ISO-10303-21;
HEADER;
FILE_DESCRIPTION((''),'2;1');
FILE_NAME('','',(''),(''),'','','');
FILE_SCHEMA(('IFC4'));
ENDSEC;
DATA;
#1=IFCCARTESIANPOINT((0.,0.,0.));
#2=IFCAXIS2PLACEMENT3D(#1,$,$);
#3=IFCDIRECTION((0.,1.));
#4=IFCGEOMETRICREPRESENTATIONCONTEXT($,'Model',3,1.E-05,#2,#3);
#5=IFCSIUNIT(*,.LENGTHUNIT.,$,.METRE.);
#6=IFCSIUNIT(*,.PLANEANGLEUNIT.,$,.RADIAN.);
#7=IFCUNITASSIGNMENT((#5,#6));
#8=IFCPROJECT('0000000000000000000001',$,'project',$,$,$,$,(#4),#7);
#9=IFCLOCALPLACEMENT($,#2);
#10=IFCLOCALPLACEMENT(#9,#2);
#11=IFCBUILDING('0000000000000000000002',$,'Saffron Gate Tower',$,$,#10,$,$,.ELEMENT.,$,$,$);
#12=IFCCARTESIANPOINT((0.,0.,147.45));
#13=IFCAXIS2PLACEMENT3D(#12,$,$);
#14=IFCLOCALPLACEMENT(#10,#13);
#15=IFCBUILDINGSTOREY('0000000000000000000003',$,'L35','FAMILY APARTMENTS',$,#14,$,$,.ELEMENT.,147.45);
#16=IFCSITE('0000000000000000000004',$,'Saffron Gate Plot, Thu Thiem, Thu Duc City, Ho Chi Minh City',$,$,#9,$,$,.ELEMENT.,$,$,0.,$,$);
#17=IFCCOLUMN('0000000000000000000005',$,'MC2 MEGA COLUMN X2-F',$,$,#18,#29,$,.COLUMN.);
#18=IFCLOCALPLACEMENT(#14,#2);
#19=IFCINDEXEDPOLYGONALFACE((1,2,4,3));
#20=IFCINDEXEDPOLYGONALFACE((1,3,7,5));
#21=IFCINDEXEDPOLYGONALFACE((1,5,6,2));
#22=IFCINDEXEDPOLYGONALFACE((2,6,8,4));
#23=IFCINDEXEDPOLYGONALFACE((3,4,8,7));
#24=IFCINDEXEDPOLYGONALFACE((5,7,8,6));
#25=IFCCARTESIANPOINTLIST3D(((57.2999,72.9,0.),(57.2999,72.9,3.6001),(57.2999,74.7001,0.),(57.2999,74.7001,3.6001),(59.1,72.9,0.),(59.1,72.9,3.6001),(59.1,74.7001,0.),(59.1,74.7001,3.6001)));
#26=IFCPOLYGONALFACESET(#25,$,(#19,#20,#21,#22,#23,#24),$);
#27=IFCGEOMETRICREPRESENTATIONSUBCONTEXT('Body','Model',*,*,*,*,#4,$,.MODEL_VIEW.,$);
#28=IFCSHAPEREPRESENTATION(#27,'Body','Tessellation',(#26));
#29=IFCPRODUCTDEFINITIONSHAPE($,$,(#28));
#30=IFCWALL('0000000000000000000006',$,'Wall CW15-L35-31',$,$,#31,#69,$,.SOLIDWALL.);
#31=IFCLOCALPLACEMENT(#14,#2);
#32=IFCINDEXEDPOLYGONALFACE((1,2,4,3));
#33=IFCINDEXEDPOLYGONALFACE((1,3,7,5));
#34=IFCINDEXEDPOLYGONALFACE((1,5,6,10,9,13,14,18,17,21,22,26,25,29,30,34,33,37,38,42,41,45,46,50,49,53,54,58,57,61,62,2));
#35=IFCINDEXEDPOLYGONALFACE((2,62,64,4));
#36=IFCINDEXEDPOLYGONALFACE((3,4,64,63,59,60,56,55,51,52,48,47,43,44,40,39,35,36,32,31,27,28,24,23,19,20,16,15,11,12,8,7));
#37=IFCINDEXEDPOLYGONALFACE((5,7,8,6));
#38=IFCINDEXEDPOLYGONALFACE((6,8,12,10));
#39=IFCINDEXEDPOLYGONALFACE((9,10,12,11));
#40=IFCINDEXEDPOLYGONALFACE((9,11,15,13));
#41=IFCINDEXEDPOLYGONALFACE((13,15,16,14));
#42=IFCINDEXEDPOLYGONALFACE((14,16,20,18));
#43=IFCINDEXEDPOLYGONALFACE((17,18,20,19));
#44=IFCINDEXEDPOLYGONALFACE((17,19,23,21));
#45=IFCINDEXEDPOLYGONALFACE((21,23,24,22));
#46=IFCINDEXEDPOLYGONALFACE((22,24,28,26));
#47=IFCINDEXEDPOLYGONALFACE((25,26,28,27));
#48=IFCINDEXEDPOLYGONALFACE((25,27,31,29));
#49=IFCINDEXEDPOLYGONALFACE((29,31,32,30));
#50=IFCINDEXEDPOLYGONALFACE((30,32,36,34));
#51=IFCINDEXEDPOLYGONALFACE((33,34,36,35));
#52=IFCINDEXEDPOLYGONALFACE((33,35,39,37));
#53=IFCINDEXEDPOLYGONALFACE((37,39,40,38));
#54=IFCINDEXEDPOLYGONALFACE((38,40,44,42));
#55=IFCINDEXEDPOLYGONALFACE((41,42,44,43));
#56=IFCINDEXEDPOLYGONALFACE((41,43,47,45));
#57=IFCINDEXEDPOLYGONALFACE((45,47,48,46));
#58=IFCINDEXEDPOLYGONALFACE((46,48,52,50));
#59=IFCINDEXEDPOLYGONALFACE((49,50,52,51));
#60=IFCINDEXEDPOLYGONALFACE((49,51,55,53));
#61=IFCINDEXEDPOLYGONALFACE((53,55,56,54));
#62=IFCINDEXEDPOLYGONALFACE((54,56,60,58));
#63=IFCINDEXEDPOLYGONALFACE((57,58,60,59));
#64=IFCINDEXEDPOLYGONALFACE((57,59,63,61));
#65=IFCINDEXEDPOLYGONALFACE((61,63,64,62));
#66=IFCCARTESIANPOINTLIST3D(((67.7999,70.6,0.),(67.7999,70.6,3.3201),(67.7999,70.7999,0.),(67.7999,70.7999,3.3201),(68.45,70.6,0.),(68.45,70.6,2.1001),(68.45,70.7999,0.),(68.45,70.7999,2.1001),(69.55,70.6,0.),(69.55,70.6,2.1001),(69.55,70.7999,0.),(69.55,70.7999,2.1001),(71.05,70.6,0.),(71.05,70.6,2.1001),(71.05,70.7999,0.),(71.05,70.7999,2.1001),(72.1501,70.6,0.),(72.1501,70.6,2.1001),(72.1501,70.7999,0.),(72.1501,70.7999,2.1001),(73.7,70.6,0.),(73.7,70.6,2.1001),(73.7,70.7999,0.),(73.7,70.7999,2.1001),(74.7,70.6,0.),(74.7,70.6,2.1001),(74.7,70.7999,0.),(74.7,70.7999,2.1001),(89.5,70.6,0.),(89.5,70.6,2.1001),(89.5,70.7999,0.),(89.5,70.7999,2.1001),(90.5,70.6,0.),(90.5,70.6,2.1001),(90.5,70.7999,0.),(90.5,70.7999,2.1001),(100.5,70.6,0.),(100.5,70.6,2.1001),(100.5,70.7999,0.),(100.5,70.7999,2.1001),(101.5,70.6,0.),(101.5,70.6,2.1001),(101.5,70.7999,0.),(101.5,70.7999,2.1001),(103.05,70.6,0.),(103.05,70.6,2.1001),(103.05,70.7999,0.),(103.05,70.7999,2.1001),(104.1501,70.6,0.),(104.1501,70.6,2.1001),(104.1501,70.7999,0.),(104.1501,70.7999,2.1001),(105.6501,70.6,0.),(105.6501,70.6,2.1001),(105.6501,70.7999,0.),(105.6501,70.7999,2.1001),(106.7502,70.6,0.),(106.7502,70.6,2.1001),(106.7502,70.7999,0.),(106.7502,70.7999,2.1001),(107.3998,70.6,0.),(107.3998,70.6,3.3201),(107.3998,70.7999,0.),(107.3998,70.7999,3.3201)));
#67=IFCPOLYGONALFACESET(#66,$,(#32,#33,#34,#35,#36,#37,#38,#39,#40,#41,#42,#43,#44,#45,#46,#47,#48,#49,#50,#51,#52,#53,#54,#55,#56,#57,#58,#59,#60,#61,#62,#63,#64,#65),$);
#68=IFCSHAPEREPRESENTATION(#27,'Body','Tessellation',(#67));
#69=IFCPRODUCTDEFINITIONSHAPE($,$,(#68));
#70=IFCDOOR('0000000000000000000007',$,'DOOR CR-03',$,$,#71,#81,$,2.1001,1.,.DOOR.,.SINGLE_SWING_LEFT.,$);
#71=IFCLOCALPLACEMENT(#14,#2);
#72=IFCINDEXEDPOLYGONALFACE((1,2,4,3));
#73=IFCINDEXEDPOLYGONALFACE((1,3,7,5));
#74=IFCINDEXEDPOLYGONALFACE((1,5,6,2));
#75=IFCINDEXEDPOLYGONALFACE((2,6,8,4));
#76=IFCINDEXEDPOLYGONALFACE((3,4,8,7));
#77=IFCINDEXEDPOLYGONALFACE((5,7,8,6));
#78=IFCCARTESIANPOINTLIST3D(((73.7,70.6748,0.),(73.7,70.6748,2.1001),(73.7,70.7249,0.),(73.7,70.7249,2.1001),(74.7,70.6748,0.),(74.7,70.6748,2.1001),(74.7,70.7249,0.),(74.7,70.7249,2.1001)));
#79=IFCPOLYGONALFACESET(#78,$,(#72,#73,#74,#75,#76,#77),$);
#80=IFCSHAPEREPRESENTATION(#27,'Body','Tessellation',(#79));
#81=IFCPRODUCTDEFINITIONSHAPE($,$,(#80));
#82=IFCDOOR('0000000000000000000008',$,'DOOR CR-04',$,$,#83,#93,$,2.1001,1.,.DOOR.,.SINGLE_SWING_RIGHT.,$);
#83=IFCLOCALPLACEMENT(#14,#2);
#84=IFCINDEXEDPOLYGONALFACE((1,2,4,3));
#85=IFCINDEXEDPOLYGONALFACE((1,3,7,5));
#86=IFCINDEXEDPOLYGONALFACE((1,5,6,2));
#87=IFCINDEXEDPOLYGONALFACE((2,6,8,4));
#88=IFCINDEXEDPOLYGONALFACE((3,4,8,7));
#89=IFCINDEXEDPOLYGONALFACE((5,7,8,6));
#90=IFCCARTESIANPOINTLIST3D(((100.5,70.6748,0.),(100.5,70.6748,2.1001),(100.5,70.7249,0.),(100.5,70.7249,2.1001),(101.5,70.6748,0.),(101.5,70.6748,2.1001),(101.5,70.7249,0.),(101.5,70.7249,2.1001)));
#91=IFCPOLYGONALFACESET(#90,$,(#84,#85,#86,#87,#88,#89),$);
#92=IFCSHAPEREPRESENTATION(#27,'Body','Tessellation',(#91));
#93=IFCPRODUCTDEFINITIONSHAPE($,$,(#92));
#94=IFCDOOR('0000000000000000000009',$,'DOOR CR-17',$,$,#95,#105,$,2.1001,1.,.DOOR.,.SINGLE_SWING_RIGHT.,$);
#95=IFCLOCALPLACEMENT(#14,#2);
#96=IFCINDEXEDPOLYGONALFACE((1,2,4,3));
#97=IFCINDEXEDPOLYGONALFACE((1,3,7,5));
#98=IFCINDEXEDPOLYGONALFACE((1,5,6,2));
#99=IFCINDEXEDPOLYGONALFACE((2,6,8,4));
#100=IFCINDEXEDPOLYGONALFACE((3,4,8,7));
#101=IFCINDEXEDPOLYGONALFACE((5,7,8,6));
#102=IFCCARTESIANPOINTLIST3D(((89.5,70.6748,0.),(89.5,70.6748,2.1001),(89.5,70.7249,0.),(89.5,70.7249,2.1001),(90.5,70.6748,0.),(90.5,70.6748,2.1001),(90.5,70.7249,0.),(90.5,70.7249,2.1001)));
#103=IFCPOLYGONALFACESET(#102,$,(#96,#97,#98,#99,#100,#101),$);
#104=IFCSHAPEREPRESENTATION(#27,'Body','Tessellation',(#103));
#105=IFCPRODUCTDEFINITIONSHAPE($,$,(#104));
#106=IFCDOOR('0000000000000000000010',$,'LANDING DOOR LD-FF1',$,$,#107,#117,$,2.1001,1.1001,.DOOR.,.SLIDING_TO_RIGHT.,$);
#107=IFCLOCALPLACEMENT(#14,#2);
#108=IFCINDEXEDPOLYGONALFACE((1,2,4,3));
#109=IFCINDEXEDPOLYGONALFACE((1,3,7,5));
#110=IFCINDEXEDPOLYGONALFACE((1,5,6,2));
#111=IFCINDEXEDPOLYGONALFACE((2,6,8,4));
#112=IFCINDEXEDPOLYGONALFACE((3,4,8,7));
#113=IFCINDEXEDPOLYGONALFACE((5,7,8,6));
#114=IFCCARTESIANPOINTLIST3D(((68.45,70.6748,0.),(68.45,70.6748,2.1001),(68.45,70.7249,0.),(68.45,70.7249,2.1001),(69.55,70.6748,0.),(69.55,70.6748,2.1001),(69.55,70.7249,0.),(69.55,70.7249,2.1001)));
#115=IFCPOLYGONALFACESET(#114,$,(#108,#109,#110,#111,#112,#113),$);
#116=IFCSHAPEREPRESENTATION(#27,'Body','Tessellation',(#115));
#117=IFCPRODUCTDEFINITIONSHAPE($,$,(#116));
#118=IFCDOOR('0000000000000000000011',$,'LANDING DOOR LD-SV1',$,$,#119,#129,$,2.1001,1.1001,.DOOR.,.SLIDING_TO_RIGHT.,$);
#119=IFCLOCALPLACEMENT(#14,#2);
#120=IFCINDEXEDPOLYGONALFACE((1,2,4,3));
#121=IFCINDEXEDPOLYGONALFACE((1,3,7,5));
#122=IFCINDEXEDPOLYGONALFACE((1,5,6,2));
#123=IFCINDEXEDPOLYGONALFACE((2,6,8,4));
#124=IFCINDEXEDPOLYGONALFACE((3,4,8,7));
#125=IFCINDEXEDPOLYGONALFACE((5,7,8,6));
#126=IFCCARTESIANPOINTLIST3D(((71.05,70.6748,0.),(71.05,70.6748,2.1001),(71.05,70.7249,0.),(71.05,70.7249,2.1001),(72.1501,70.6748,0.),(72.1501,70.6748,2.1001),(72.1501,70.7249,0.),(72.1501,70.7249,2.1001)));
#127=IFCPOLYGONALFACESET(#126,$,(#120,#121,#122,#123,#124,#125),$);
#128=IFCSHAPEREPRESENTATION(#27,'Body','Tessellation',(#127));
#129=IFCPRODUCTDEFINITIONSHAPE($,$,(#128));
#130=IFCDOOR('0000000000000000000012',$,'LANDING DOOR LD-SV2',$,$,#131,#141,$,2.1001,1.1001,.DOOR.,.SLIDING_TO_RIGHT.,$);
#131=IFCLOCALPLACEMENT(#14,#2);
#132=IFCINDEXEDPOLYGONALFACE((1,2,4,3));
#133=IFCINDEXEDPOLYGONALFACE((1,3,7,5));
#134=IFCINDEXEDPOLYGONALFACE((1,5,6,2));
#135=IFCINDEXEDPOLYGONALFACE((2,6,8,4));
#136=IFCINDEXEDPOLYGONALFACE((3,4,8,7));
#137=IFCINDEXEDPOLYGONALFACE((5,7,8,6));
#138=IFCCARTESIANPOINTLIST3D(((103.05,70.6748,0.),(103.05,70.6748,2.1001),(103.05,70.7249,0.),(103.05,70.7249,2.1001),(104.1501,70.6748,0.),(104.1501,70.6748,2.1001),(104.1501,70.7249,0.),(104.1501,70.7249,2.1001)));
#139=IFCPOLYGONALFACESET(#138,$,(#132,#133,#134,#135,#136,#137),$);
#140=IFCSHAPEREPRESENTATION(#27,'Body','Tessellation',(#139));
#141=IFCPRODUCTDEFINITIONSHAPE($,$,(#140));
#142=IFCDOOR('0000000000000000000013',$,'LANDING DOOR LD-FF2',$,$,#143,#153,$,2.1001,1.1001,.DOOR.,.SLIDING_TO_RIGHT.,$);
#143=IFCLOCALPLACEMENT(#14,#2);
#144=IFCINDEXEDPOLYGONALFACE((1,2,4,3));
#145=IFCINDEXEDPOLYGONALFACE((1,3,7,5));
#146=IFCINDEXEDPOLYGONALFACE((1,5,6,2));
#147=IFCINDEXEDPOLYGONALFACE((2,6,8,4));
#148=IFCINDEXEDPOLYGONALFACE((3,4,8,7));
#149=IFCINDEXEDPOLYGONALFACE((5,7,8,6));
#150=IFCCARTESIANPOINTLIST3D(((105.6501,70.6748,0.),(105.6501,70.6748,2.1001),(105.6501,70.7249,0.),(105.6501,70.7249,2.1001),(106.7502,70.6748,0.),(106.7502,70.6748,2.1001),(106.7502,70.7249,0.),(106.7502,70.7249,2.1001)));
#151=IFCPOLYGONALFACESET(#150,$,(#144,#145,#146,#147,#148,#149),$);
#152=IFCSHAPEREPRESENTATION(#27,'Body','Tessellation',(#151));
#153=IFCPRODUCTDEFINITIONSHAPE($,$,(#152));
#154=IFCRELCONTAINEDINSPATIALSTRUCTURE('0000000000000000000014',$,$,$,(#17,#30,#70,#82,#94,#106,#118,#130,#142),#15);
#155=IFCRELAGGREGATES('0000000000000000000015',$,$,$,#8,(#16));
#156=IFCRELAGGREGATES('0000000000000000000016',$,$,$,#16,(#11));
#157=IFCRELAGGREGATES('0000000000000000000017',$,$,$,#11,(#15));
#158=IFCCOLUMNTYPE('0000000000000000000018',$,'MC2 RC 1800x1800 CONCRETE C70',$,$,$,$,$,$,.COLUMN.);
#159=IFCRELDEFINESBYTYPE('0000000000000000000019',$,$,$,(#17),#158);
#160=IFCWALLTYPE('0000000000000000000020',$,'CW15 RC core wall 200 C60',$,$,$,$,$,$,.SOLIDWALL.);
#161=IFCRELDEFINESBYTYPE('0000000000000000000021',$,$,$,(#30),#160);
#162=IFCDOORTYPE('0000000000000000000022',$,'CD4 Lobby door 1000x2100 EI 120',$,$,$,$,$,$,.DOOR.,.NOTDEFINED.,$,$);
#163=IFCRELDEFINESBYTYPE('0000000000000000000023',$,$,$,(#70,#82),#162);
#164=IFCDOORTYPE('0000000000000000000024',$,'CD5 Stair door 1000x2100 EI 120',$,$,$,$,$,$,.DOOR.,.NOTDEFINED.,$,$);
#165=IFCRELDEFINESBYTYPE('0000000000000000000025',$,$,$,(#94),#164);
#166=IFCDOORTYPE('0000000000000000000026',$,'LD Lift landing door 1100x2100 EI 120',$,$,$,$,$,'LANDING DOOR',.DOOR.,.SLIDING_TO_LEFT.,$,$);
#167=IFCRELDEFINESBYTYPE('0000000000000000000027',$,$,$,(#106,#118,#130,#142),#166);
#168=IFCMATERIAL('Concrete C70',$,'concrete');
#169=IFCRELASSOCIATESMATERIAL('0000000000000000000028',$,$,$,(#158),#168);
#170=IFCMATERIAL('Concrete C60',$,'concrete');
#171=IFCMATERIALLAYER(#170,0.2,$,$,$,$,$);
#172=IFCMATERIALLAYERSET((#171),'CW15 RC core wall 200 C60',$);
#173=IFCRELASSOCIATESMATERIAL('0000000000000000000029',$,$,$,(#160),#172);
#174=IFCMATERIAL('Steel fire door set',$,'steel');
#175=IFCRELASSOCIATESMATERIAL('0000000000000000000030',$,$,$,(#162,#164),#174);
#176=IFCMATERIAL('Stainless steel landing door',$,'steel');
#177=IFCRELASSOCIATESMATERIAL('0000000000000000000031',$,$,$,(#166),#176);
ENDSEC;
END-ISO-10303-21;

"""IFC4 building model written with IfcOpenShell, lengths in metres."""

from ifc_helpers import new_model, si_unit, direction, frame, frame_2d, origin, origin_2d, place, context, subcontext, project, spatial, rectangle, extrude, material, layer, layer_set, material_profile, profile_set, type_object, element, fill, save


model = new_model("IFC4")

# Units and contexts
model_context = context("Model", 3, precision=1e-05, world=origin(), true_north=direction((0.0, 1.0)))
body_context = subcontext(model_context, "Body", "Model", "MODEL_VIEW")
ifc_project = project(units=[si_unit("LENGTHUNIT", "METRE"), si_unit("PLANEANGLEUNIT", "RADIAN")], contexts=[model_context])

# Site, building, storey
site_placement = place(None, origin())
site = spatial("IfcSite", under=ifc_project, at=site_placement, Name="Saffron Gate Plot, Thu Thiem, Thu Duc City, Ho Chi Minh City", CompositionType="ELEMENT", RefElevation=0.0)
building_placement = place(site_placement, origin())
building = spatial("IfcBuilding", under=site, at=building_placement, Name="Saffron Gate Tower", CompositionType="ELEMENT")
storey_placement = place(building_placement, frame((0.0, 0.0, 147.45)))
storey = spatial("IfcBuildingStorey", under=building, at=storey_placement, Name="L35", Description="FAMILY APARTMENTS", CompositionType="ELEMENT", Elevation=147.45)

# Column
ifc_material_1 = material(Name="Concrete C70", Category="concrete")
ifc_material_profile = material_profile(ifc_material_1, rectangle(XDim=1.8, YDim=1.8, at=origin_2d()))
ifc_profile_set = profile_set([ifc_material_profile], Name="Concrete C70")
column_type = type_object("IfcColumnType", Name="MC2 RC 1800x1800 CONCRETE C70", PredefinedType="COLUMN", material=ifc_profile_set)
column_placement = place(storey_placement, frame((58.2, 73.8, 0.0), z_axis=(0.0, 0.0, 1.0), x_axis=(1.0, 0.0, 0.0)))
element("IfcColumn", 1, at=column_placement, inside=storey, type_object=column_type, Name="MC2 MEGA COLUMN X2-F", PredefinedType="COLUMN", context=body_context, shape_type="SweptSolid", body=[
    extrude(rectangle(XDim=1.8, YDim=1.8, at=origin_2d()), origin(), (0.0, 0.0, 1.0), 3.6001),
])

# Wall, openings, doors
ifc_material_2 = material(Name="Concrete C60", Category="concrete")
ifc_layer_1 = layer(ifc_material_2, 0.2)
ifc_layer_set_1 = layer_set([ifc_layer_1], Name="CW15 RC core wall 200 C60")
wall_type_1 = type_object("IfcWallType", Name="CW15 RC core wall 200 C60", PredefinedType="SOLIDWALL", material=ifc_layer_set_1)
wall_1_placement = place(storey_placement, frame((67.8, 70.7, 0.0), z_axis=(0.0, 0.0, 1.0), x_axis=(1.0, 0.0, 0.0)))
wall_1 = element("IfcWall", 2, at=wall_1_placement, inside=storey, type_object=wall_type_1, Name="Wall CW15-L35-31", PredefinedType="SOLIDWALL", context=body_context, shape_type="SweptSolid", body=[
    extrude(rectangle(XDim=39.5999, YDim=0.2, at=frame_2d((19.7998, 0.0))), origin(), (0.0, 0.0, 1.0), 3.3201),
])
opening_1_placement = place(wall_1_placement, frame((0.6499, 0.0, 0.0)))
opening_1 = element("IfcOpeningElement", 3, at=opening_1_placement, cuts=wall_1, PredefinedType="OPENING", context=body_context, shape_type="SweptSolid", body=[
    extrude(rectangle(XDim=1.1001, YDim=2.1001, at=frame_2d((0.55, 1.05))), frame((0.0, 0.1099, 0.0), z_axis=(0.0, -1.0, 0.0), x_axis=(1.0, 0.0, 0.0)), (0.0, 0.0, 1.0), 0.22),
])
opening_2_placement = place(wall_1_placement, frame((3.25, 0.0, 0.0)))
opening_2 = element("IfcOpeningElement", 4, at=opening_2_placement, cuts=wall_1, PredefinedType="OPENING", context=body_context, shape_type="SweptSolid", body=[
    extrude(rectangle(XDim=1.1001, YDim=2.1001, at=frame_2d((0.55, 1.05))), frame((0.0, 0.1099, 0.0), z_axis=(0.0, -1.0, 0.0), x_axis=(1.0, 0.0, 0.0)), (0.0, 0.0, 1.0), 0.22),
])
opening_3_placement = place(wall_1_placement, frame((5.8999, 0.0, 0.0)))
opening_3 = element("IfcOpeningElement", 5, at=opening_3_placement, cuts=wall_1, PredefinedType="OPENING", context=body_context, shape_type="SweptSolid", body=[
    extrude(rectangle(XDim=1.0, YDim=2.1001, at=frame_2d((0.5, 1.05))), frame((0.0, 0.1099, 0.0), z_axis=(0.0, -1.0, 0.0), x_axis=(1.0, 0.0, 0.0)), (0.0, 0.0, 1.0), 0.22),
])
opening_4_placement = place(wall_1_placement, frame((21.7, 0.0, 0.0)))
opening_4 = element("IfcOpeningElement", 6, at=opening_4_placement, cuts=wall_1, PredefinedType="OPENING", context=body_context, shape_type="SweptSolid", body=[
    extrude(rectangle(XDim=1.0, YDim=2.1001, at=frame_2d((0.5, 1.05))), frame((0.0, 0.1099, 0.0), z_axis=(0.0, -1.0, 0.0), x_axis=(1.0, 0.0, 0.0)), (0.0, 0.0, 1.0), 0.22),
])
opening_5_placement = place(wall_1_placement, frame((32.7, 0.0, 0.0)))
opening_5 = element("IfcOpeningElement", 7, at=opening_5_placement, cuts=wall_1, PredefinedType="OPENING", context=body_context, shape_type="SweptSolid", body=[
    extrude(rectangle(XDim=1.0, YDim=2.1001, at=frame_2d((0.5, 1.05))), frame((0.0, 0.1099, 0.0), z_axis=(0.0, -1.0, 0.0), x_axis=(1.0, 0.0, 0.0)), (0.0, 0.0, 1.0), 0.22),
])
opening_6_placement = place(wall_1_placement, frame((35.25, 0.0, 0.0)))
opening_6 = element("IfcOpeningElement", 8, at=opening_6_placement, cuts=wall_1, PredefinedType="OPENING", context=body_context, shape_type="SweptSolid", body=[
    extrude(rectangle(XDim=1.1001, YDim=2.1001, at=frame_2d((0.55, 1.05))), frame((0.0, 0.1099, 0.0), z_axis=(0.0, -1.0, 0.0), x_axis=(1.0, 0.0, 0.0)), (0.0, 0.0, 1.0), 0.22),
])
opening_7_placement = place(wall_1_placement, frame((37.8501, 0.0, 0.0)))
opening_7 = element("IfcOpeningElement", 9, at=opening_7_placement, cuts=wall_1, PredefinedType="OPENING", context=body_context, shape_type="SweptSolid", body=[
    extrude(rectangle(XDim=1.1001, YDim=2.1001, at=frame_2d((0.55, 1.05))), frame((0.0, 0.1099, 0.0), z_axis=(0.0, -1.0, 0.0), x_axis=(1.0, 0.0, 0.0)), (0.0, 0.0, 1.0), 0.22),
])
ifc_material_3 = material(Name="Steel fire door set", Category="steel")
door_type_1 = type_object("IfcDoorType", Name="CD4 Lobby door 1000x2100 EI 120", OperationType="NOTDEFINED", PredefinedType="DOOR", material=ifc_material_3)
door_1_placement = place(opening_3_placement, origin())
door_1 = element("IfcDoor", 10, at=door_1_placement, inside=storey, type_object=door_type_1, Name="DOOR CR-03", OperationType="SINGLE_SWING_LEFT", OverallHeight=2.1001, OverallWidth=1.0, PredefinedType="DOOR", context=body_context, shape_type="SweptSolid", body=[
    extrude(rectangle(XDim=1.0, YDim=2.1001, at=frame_2d((0.5, 1.05))), frame((0.0, 0.0249, 0.0), z_axis=(0.0, -1.0, 0.0), x_axis=(1.0, 0.0, 0.0)), (0.0, 0.0, 1.0), 0.05),
])
fill(opening_3, door_1)
door_2_placement = place(opening_5_placement, origin())
door_2 = element("IfcDoor", 11, at=door_2_placement, inside=storey, type_object=door_type_1, Name="DOOR CR-04", OperationType="SINGLE_SWING_RIGHT", OverallHeight=2.1001, OverallWidth=1.0, PredefinedType="DOOR", context=body_context, shape_type="SweptSolid", body=[
    extrude(rectangle(XDim=1.0, YDim=2.1001, at=frame_2d((0.5, 1.05))), frame((0.0, 0.0249, 0.0), z_axis=(0.0, -1.0, 0.0), x_axis=(1.0, 0.0, 0.0)), (0.0, 0.0, 1.0), 0.05),
])
fill(opening_5, door_2)
door_type_2 = type_object("IfcDoorType", Name="CD5 Stair door 1000x2100 EI 120", OperationType="NOTDEFINED", PredefinedType="DOOR", material=ifc_material_3)
door_3_placement = place(opening_4_placement, origin())
door_3 = element("IfcDoor", 12, at=door_3_placement, inside=storey, type_object=door_type_2, Name="DOOR CR-17", OperationType="SINGLE_SWING_RIGHT", OverallHeight=2.1001, OverallWidth=1.0, PredefinedType="DOOR", context=body_context, shape_type="SweptSolid", body=[
    extrude(rectangle(XDim=1.0, YDim=2.1001, at=frame_2d((0.5, 1.05))), frame((0.0, 0.0249, 0.0), z_axis=(0.0, -1.0, 0.0), x_axis=(1.0, 0.0, 0.0)), (0.0, 0.0, 1.0), 0.05),
])
fill(opening_4, door_3)
ifc_material_4 = material(Name="Stainless steel landing door", Category="steel")
door_type_3 = type_object("IfcDoorType", Name="LD Lift landing door 1100x2100 EI 120", ElementType="LANDING DOOR", OperationType="SLIDING_TO_LEFT", PredefinedType="DOOR", material=ifc_material_4)
door_4_placement = place(opening_1_placement, origin())
door_4 = element("IfcDoor", 13, at=door_4_placement, inside=storey, type_object=door_type_3, Name="LANDING DOOR LD-FF1", OperationType="SLIDING_TO_RIGHT", OverallHeight=2.1001, OverallWidth=1.1001, PredefinedType="DOOR", context=body_context, shape_type="SweptSolid", body=[
    extrude(rectangle(XDim=1.1001, YDim=2.1001, at=frame_2d((0.55, 1.05))), frame((0.0, 0.0249, 0.0), z_axis=(0.0, -1.0, 0.0), x_axis=(1.0, 0.0, 0.0)), (0.0, 0.0, 1.0), 0.05),
])
fill(opening_1, door_4)
door_5_placement = place(opening_2_placement, origin())
door_5 = element("IfcDoor", 14, at=door_5_placement, inside=storey, type_object=door_type_3, Name="LANDING DOOR LD-SV1", OperationType="SLIDING_TO_RIGHT", OverallHeight=2.1001, OverallWidth=1.1001, PredefinedType="DOOR", context=body_context, shape_type="SweptSolid", body=[
    extrude(rectangle(XDim=1.1001, YDim=2.1001, at=frame_2d((0.55, 1.05))), frame((0.0, 0.0249, 0.0), z_axis=(0.0, -1.0, 0.0), x_axis=(1.0, 0.0, 0.0)), (0.0, 0.0, 1.0), 0.05),
])
fill(opening_2, door_5)
door_6_placement = place(opening_6_placement, origin())
door_6 = element("IfcDoor", 15, at=door_6_placement, inside=storey, type_object=door_type_3, Name="LANDING DOOR LD-SV2", OperationType="SLIDING_TO_RIGHT", OverallHeight=2.1001, OverallWidth=1.1001, PredefinedType="DOOR", context=body_context, shape_type="SweptSolid", body=[
    extrude(rectangle(XDim=1.1001, YDim=2.1001, at=frame_2d((0.55, 1.05))), frame((0.0, 0.0249, 0.0), z_axis=(0.0, -1.0, 0.0), x_axis=(1.0, 0.0, 0.0)), (0.0, 0.0, 1.0), 0.05),
])
fill(opening_6, door_6)
door_7_placement = place(opening_7_placement, origin())
door_7 = element("IfcDoor", 16, at=door_7_placement, inside=storey, type_object=door_type_3, Name="LANDING DOOR LD-FF2", OperationType="SLIDING_TO_RIGHT", OverallHeight=2.1001, OverallWidth=1.1001, PredefinedType="DOOR", context=body_context, shape_type="SweptSolid", body=[
    extrude(rectangle(XDim=1.1001, YDim=2.1001, at=frame_2d((0.55, 1.05))), frame((0.0, 0.0249, 0.0), z_axis=(0.0, -1.0, 0.0), x_axis=(1.0, 0.0, 0.0)), (0.0, 0.0, 1.0), 0.05),
])
fill(opening_7, door_7)

save(model, "model.ifc")
